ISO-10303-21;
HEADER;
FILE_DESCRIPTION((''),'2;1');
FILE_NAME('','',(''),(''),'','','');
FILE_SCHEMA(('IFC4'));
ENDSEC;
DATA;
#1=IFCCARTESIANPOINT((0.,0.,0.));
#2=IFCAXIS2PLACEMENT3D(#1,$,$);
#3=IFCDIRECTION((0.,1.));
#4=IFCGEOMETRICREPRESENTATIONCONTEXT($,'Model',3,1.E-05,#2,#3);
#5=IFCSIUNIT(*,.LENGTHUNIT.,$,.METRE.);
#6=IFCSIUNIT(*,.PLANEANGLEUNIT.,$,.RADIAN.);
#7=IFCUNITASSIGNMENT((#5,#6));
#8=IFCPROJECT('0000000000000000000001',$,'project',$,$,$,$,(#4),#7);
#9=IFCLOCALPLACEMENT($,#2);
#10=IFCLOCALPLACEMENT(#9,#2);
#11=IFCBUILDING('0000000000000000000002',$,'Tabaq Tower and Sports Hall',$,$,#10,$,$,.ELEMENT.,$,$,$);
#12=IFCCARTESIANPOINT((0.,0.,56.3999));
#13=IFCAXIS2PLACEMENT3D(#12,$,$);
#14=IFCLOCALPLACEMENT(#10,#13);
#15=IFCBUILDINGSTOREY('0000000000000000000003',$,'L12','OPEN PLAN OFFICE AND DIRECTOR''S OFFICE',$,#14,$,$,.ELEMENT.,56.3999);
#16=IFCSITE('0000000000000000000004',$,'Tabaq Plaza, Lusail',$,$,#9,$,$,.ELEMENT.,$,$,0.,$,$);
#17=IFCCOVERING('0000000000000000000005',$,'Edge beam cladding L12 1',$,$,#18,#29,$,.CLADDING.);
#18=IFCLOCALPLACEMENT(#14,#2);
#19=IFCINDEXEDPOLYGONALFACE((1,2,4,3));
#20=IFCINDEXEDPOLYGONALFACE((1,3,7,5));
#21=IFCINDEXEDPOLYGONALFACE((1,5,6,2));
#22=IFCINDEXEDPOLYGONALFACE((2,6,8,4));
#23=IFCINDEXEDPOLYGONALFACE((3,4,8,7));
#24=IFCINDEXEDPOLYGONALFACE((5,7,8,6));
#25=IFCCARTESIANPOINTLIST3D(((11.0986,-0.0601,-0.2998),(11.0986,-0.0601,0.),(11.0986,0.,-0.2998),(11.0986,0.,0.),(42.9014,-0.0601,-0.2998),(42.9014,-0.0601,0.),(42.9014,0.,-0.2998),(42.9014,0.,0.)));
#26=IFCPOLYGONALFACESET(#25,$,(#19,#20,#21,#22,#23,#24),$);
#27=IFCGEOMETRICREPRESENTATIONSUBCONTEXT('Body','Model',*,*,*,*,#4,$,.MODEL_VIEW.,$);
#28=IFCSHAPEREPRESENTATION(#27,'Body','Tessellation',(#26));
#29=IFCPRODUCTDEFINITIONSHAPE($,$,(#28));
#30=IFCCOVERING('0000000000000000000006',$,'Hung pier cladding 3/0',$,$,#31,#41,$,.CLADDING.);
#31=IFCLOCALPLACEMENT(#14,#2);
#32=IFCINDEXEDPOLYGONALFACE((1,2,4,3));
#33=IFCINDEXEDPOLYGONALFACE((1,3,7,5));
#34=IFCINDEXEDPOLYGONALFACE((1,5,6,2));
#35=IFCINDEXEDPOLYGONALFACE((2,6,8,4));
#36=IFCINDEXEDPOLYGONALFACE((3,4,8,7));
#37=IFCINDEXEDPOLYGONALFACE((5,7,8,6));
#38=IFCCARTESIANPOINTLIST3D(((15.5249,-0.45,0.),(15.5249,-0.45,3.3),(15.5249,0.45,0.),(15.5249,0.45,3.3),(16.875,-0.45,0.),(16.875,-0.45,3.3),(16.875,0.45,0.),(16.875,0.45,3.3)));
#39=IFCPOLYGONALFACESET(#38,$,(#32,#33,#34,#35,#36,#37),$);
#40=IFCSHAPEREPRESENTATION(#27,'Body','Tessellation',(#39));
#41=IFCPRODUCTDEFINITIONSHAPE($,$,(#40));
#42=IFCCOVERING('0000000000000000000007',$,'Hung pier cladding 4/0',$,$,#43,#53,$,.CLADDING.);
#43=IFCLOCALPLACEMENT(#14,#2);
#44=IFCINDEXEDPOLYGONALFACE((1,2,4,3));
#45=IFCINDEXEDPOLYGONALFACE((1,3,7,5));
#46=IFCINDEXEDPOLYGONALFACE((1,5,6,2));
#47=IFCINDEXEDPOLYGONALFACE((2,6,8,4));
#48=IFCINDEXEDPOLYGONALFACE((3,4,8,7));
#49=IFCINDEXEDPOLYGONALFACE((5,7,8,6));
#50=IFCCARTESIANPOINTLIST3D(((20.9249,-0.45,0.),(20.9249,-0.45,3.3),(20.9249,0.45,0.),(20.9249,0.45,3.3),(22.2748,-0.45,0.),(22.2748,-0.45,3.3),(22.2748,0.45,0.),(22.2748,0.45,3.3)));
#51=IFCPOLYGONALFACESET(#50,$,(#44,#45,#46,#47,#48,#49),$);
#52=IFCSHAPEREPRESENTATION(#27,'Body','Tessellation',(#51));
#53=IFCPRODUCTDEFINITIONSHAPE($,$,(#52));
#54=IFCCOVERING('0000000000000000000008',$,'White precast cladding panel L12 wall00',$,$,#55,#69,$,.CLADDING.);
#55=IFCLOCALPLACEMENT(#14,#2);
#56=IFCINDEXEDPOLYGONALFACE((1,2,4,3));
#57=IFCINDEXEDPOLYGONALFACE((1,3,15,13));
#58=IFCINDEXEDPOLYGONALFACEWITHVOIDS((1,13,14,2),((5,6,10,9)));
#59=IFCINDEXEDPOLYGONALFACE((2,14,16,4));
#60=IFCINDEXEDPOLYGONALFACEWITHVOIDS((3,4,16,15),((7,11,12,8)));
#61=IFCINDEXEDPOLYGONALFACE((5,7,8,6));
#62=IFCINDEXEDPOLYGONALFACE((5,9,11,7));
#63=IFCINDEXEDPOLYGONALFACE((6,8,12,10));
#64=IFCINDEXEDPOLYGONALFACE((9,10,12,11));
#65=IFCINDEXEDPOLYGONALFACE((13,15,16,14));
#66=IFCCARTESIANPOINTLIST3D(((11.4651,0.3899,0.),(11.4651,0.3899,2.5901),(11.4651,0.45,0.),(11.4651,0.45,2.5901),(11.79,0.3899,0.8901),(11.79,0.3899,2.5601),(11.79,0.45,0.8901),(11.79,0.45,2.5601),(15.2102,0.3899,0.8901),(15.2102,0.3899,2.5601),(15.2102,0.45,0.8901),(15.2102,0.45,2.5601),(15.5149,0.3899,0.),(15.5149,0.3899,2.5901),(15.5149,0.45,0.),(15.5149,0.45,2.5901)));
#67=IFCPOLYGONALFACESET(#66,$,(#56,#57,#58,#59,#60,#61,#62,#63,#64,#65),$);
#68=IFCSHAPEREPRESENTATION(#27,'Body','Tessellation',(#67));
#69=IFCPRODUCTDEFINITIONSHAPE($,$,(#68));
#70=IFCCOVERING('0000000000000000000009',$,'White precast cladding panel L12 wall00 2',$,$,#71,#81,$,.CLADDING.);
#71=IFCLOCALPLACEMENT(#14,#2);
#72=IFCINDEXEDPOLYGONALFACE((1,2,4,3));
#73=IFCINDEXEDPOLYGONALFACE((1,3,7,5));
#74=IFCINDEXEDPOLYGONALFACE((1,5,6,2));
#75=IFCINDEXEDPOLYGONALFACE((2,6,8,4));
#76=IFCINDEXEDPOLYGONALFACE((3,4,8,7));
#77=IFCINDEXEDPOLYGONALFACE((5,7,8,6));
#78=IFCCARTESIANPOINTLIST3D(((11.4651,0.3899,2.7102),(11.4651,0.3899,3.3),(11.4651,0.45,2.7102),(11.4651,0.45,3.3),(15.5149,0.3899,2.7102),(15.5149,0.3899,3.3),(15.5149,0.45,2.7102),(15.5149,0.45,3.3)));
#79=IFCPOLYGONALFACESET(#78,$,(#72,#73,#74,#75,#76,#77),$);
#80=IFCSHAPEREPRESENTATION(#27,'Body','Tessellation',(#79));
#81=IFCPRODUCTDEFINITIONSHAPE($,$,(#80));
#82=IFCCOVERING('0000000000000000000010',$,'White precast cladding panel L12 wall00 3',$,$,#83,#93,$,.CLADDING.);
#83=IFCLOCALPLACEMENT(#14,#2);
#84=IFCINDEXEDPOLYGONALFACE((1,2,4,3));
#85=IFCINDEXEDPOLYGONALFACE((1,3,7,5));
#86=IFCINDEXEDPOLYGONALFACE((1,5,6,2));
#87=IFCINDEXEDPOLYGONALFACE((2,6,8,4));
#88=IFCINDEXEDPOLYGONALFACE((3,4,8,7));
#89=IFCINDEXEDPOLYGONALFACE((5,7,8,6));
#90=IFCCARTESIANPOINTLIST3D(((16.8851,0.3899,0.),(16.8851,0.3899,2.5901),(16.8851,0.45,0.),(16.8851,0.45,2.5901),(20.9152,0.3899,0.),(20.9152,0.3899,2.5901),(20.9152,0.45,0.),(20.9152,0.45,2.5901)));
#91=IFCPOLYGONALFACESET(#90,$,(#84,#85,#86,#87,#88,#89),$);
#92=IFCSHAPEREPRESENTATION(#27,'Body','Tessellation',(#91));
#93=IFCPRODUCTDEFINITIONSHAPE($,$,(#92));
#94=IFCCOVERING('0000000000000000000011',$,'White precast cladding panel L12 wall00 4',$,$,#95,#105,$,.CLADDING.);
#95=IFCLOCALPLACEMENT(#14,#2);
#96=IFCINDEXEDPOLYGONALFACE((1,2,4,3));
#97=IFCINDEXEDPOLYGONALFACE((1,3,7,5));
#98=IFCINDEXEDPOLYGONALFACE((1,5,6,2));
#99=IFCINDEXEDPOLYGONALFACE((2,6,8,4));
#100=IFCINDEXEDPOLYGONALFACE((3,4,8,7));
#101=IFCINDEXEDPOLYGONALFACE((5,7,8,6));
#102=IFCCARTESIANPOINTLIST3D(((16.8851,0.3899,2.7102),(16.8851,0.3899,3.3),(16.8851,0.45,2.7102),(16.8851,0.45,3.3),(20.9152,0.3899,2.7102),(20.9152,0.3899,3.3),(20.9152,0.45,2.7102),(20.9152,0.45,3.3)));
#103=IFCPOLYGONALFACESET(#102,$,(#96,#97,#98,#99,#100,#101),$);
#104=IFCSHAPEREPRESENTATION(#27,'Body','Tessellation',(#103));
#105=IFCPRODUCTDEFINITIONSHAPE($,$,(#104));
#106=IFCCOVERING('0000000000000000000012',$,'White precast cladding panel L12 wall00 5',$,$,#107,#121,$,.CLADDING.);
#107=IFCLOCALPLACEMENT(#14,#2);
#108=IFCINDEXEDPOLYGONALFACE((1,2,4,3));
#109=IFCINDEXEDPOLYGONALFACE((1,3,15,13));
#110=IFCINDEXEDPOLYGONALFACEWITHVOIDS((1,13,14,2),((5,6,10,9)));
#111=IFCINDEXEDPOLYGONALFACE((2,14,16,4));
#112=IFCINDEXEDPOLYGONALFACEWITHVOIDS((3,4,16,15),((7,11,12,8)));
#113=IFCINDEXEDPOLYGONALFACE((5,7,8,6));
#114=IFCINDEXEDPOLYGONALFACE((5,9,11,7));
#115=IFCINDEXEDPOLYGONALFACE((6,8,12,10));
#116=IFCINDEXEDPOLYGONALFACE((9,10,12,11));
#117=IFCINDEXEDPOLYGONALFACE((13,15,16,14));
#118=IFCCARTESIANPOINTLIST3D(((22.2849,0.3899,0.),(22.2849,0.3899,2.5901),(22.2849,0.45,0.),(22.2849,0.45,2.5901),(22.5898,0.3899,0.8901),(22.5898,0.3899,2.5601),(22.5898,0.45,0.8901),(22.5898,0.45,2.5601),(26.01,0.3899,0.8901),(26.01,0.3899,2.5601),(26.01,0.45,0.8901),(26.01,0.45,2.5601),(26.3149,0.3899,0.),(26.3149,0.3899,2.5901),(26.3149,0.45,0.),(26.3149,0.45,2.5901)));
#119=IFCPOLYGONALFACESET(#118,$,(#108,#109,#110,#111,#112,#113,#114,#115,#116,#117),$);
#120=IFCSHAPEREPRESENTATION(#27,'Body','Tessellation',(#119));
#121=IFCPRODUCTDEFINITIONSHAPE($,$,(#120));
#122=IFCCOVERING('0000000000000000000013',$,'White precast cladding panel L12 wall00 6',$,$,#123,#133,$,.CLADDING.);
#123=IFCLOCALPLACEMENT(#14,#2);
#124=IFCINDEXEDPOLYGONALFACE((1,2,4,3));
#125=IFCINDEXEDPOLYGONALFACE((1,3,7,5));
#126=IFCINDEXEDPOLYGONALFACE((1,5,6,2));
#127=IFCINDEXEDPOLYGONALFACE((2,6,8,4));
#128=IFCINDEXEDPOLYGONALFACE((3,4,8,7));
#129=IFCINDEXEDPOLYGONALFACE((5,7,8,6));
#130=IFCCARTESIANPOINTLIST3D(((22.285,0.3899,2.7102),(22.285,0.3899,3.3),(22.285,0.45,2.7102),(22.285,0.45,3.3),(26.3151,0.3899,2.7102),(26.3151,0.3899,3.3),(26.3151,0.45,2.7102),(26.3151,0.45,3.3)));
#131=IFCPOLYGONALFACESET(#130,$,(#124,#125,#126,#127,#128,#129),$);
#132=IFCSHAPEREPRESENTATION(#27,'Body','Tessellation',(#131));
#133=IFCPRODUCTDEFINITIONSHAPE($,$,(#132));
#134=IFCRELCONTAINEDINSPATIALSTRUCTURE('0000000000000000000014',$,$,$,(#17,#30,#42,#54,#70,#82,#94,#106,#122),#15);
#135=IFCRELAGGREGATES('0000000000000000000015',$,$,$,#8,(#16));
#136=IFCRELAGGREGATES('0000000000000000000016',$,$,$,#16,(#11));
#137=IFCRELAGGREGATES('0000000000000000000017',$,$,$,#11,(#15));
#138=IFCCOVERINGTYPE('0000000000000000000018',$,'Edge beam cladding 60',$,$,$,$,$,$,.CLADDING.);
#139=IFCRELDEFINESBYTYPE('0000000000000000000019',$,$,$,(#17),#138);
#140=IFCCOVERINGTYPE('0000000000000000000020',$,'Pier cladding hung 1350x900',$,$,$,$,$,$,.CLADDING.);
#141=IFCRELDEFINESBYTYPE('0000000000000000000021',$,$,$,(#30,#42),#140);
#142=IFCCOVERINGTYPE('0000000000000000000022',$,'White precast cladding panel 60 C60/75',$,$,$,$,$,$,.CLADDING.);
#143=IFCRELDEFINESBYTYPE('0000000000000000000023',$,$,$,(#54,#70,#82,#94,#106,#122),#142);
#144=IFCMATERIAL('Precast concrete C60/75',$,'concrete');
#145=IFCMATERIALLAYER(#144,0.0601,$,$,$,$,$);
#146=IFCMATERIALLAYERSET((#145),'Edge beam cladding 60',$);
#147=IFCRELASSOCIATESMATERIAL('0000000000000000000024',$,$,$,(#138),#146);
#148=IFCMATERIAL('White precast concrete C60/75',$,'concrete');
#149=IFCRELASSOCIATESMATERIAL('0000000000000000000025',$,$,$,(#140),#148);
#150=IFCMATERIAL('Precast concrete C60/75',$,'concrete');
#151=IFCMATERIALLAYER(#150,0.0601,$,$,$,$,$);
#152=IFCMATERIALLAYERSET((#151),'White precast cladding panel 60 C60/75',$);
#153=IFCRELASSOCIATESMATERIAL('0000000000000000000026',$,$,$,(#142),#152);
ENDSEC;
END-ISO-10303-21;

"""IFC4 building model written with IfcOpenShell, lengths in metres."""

from ifc_helpers import new_model, si_unit, direction, frame, frame_2d, origin, place, context, subcontext, project, spatial, polyline, rectangle, outline, extrude, material, layer, layer_set, type_object, element, save


model = new_model("IFC4")

# Units and contexts
model_context = context("Model", 3, precision=1e-05, world=origin(), true_north=direction((0.0, 1.0)))
body_context = subcontext(model_context, "Body", "Model", "MODEL_VIEW")
ifc_project = project(units=[si_unit("LENGTHUNIT", "METRE"), si_unit("PLANEANGLEUNIT", "RADIAN")], contexts=[model_context])

# Site, building, storey
site_placement = place(None, origin())
site = spatial("IfcSite", under=ifc_project, at=site_placement, Name="Tabaq Plaza, Lusail", CompositionType="ELEMENT", RefElevation=0.0)
building_placement = place(site_placement, origin())
building = spatial("IfcBuilding", under=site, at=building_placement, Name="Tabaq Tower and Sports Hall", CompositionType="ELEMENT")
storey_placement = place(building_placement, frame((0.0, 0.0, 56.3999)))
storey = spatial("IfcBuildingStorey", under=building, at=storey_placement, Name="L12", Description="OPEN PLAN OFFICE AND DIRECTOR'S OFFICE", CompositionType="ELEMENT", Elevation=56.3999)

# Coverings
ifc_material_1 = material(Name="Precast concrete C60/75", Category="concrete")
ifc_layer_1 = layer(ifc_material_1, 0.0601)
ifc_layer_set_1 = layer_set([ifc_layer_1], Name="Edge beam cladding 60")
covering_type_1 = type_object("IfcCoveringType", Name="Edge beam cladding 60", PredefinedType="CLADDING", material=ifc_layer_set_1)
covering_1_placement = place(storey_placement, frame((11.0986, -0.03, -0.2998), z_axis=(0.0, 0.0, 1.0), x_axis=(1.0, 0.0, 0.0)))
element("IfcCovering", 1, at=covering_1_placement, inside=storey, type_object=covering_type_1, Name="Edge beam cladding L12 1", PredefinedType="CLADDING", context=body_context, shape_type="SweptSolid", body=[
    extrude(rectangle(XDim=31.8027, YDim=0.0601, at=frame_2d((15.9014, 0.0))), origin(), (0.0, 0.0, 1.0), 0.2998),
])
ifc_material_2 = material(Name="White precast concrete C60/75", Category="concrete")
covering_type_2 = type_object("IfcCoveringType", Name="Pier cladding hung 1350x900", PredefinedType="CLADDING", material=ifc_material_2)
covering_2_placement = place(storey_placement, frame((15.5249, 0.0, 0.0), z_axis=(0.0, 0.0, 1.0), x_axis=(1.0, 0.0, 0.0)))
element("IfcCovering", 2, at=covering_2_placement, inside=storey, type_object=covering_type_2, Name="Hung pier cladding 3/0", PredefinedType="CLADDING", context=body_context, shape_type="SweptSolid", body=[
    extrude(rectangle(XDim=1.3501, YDim=0.8999, at=frame_2d((0.675, 0.0))), origin(), (0.0, 0.0, 1.0), 3.3),
])
covering_3_placement = place(storey_placement, frame((20.925, 0.0, 0.0), z_axis=(0.0, 0.0, 1.0), x_axis=(1.0, 0.0, 0.0)))
element("IfcCovering", 3, at=covering_3_placement, inside=storey, type_object=covering_type_2, Name="Hung pier cladding 4/0", PredefinedType="CLADDING", context=body_context, shape_type="SweptSolid", body=[
    extrude(rectangle(XDim=1.3499, YDim=0.8999, at=frame_2d((0.6748, 0.0))), origin(), (0.0, 0.0, 1.0), 3.3),
])
ifc_material_3 = material(Name="Precast concrete C60/75", Category="concrete")
ifc_layer_2 = layer(ifc_material_3, 0.0601)
ifc_layer_set_2 = layer_set([ifc_layer_2], Name="White precast cladding panel 60 C60/75")
covering_type_3 = type_object("IfcCoveringType", Name="White precast cladding panel 60 C60/75", PredefinedType="CLADDING", material=ifc_layer_set_2)
covering_4_placement = place(storey_placement, frame((11.4651, 0.4199, 0.0), z_axis=(0.0, 0.0, 1.0), x_axis=(1.0, 0.0, 0.0)))
element("IfcCovering", 4, at=covering_4_placement, inside=storey, type_object=covering_type_3, Name="White precast cladding panel L12 wall00", PredefinedType="CLADDING", context=body_context, shape_type="SweptSolid", body=[
    extrude(outline(polyline([(0.0, 0.0), (4.0498, 0.0), (4.0498, 2.5901), (0.0, 2.5901), (0.0, 0.0)]), holes=[polyline([(3.7451, 0.8901), (0.325, 0.8901), (0.325, 2.5601), (3.7451, 2.5601), (3.7451, 0.8901)])]), frame((0.0, 0.03, 0.0), z_axis=(0.0, -1.0, 0.0), x_axis=(1.0, 0.0, 0.0)), (0.0, 0.0, 1.0), 0.0601),
])
covering_5_placement = place(storey_placement, frame((11.4651, 0.4199, 2.7102), z_axis=(0.0, 0.0, 1.0), x_axis=(1.0, 0.0, 0.0)))
element("IfcCovering", 5, at=covering_5_placement, inside=storey, type_object=covering_type_3, Name="White precast cladding panel L12 wall00 2", PredefinedType="CLADDING", context=body_context, shape_type="SweptSolid", body=[
    extrude(rectangle(XDim=4.0498, YDim=0.0601, at=frame_2d((2.0249, 0.0))), origin(), (0.0, 0.0, 1.0), 0.5898),
])
covering_6_placement = place(storey_placement, frame((16.885, 0.4199, 0.0), z_axis=(0.0, 0.0, 1.0), x_axis=(1.0, 0.0, 0.0)))
element("IfcCovering", 6, at=covering_6_placement, inside=storey, type_object=covering_type_3, Name="White precast cladding panel L12 wall00 3", PredefinedType="CLADDING", context=body_context, shape_type="SweptSolid", body=[
    extrude(rectangle(XDim=4.03, YDim=0.0601, at=frame_2d((2.0151, 0.0))), origin(), (0.0, 0.0, 1.0), 2.5901),
])
covering_7_placement = place(storey_placement, frame((16.885, 0.4199, 2.7102), z_axis=(0.0, 0.0, 1.0), x_axis=(1.0, 0.0, 0.0)))
element("IfcCovering", 7, at=covering_7_placement, inside=storey, type_object=covering_type_3, Name="White precast cladding panel L12 wall00 4", PredefinedType="CLADDING", context=body_context, shape_type="SweptSolid", body=[
    extrude(rectangle(XDim=4.03, YDim=0.0601, at=frame_2d((2.0151, 0.0))), origin(), (0.0, 0.0, 1.0), 0.5898),
])
covering_8_placement = place(storey_placement, frame((22.2849, 0.4199, 0.0), z_axis=(0.0, 0.0, 1.0), x_axis=(1.0, 0.0, 0.0)))
element("IfcCovering", 8, at=covering_8_placement, inside=storey, type_object=covering_type_3, Name="White precast cladding panel L12 wall00 5", PredefinedType="CLADDING", context=body_context, shape_type="SweptSolid", body=[
    extrude(outline(polyline([(0.0, 0.0), (4.03, 0.0), (4.03, 2.5901), (0.0, 2.5901), (0.0, 0.0)]), holes=[polyline([(3.7251, 0.8901), (0.3049, 0.8901), (0.3049, 2.5601), (3.7251, 2.5601), (3.7251, 0.8901)])]), frame((0.0, 0.03, 0.0), z_axis=(0.0, -1.0, 0.0), x_axis=(1.0, 0.0, 0.0)), (0.0, 0.0, 1.0), 0.0601),
])
covering_9_placement = place(storey_placement, frame((22.2849, 0.4199, 2.7102), z_axis=(0.0, 0.0, 1.0), x_axis=(1.0, 0.0, 0.0)))
element("IfcCovering", 9, at=covering_9_placement, inside=storey, type_object=covering_type_3, Name="White precast cladding panel L12 wall00 6", PredefinedType="CLADDING", context=body_context, shape_type="SweptSolid", body=[
    extrude(rectangle(XDim=4.03, YDim=0.0601, at=frame_2d((2.0151, 0.0))), origin(), (0.0, 0.0, 1.0), 0.5898),
])

save(model, "model.ifc")
